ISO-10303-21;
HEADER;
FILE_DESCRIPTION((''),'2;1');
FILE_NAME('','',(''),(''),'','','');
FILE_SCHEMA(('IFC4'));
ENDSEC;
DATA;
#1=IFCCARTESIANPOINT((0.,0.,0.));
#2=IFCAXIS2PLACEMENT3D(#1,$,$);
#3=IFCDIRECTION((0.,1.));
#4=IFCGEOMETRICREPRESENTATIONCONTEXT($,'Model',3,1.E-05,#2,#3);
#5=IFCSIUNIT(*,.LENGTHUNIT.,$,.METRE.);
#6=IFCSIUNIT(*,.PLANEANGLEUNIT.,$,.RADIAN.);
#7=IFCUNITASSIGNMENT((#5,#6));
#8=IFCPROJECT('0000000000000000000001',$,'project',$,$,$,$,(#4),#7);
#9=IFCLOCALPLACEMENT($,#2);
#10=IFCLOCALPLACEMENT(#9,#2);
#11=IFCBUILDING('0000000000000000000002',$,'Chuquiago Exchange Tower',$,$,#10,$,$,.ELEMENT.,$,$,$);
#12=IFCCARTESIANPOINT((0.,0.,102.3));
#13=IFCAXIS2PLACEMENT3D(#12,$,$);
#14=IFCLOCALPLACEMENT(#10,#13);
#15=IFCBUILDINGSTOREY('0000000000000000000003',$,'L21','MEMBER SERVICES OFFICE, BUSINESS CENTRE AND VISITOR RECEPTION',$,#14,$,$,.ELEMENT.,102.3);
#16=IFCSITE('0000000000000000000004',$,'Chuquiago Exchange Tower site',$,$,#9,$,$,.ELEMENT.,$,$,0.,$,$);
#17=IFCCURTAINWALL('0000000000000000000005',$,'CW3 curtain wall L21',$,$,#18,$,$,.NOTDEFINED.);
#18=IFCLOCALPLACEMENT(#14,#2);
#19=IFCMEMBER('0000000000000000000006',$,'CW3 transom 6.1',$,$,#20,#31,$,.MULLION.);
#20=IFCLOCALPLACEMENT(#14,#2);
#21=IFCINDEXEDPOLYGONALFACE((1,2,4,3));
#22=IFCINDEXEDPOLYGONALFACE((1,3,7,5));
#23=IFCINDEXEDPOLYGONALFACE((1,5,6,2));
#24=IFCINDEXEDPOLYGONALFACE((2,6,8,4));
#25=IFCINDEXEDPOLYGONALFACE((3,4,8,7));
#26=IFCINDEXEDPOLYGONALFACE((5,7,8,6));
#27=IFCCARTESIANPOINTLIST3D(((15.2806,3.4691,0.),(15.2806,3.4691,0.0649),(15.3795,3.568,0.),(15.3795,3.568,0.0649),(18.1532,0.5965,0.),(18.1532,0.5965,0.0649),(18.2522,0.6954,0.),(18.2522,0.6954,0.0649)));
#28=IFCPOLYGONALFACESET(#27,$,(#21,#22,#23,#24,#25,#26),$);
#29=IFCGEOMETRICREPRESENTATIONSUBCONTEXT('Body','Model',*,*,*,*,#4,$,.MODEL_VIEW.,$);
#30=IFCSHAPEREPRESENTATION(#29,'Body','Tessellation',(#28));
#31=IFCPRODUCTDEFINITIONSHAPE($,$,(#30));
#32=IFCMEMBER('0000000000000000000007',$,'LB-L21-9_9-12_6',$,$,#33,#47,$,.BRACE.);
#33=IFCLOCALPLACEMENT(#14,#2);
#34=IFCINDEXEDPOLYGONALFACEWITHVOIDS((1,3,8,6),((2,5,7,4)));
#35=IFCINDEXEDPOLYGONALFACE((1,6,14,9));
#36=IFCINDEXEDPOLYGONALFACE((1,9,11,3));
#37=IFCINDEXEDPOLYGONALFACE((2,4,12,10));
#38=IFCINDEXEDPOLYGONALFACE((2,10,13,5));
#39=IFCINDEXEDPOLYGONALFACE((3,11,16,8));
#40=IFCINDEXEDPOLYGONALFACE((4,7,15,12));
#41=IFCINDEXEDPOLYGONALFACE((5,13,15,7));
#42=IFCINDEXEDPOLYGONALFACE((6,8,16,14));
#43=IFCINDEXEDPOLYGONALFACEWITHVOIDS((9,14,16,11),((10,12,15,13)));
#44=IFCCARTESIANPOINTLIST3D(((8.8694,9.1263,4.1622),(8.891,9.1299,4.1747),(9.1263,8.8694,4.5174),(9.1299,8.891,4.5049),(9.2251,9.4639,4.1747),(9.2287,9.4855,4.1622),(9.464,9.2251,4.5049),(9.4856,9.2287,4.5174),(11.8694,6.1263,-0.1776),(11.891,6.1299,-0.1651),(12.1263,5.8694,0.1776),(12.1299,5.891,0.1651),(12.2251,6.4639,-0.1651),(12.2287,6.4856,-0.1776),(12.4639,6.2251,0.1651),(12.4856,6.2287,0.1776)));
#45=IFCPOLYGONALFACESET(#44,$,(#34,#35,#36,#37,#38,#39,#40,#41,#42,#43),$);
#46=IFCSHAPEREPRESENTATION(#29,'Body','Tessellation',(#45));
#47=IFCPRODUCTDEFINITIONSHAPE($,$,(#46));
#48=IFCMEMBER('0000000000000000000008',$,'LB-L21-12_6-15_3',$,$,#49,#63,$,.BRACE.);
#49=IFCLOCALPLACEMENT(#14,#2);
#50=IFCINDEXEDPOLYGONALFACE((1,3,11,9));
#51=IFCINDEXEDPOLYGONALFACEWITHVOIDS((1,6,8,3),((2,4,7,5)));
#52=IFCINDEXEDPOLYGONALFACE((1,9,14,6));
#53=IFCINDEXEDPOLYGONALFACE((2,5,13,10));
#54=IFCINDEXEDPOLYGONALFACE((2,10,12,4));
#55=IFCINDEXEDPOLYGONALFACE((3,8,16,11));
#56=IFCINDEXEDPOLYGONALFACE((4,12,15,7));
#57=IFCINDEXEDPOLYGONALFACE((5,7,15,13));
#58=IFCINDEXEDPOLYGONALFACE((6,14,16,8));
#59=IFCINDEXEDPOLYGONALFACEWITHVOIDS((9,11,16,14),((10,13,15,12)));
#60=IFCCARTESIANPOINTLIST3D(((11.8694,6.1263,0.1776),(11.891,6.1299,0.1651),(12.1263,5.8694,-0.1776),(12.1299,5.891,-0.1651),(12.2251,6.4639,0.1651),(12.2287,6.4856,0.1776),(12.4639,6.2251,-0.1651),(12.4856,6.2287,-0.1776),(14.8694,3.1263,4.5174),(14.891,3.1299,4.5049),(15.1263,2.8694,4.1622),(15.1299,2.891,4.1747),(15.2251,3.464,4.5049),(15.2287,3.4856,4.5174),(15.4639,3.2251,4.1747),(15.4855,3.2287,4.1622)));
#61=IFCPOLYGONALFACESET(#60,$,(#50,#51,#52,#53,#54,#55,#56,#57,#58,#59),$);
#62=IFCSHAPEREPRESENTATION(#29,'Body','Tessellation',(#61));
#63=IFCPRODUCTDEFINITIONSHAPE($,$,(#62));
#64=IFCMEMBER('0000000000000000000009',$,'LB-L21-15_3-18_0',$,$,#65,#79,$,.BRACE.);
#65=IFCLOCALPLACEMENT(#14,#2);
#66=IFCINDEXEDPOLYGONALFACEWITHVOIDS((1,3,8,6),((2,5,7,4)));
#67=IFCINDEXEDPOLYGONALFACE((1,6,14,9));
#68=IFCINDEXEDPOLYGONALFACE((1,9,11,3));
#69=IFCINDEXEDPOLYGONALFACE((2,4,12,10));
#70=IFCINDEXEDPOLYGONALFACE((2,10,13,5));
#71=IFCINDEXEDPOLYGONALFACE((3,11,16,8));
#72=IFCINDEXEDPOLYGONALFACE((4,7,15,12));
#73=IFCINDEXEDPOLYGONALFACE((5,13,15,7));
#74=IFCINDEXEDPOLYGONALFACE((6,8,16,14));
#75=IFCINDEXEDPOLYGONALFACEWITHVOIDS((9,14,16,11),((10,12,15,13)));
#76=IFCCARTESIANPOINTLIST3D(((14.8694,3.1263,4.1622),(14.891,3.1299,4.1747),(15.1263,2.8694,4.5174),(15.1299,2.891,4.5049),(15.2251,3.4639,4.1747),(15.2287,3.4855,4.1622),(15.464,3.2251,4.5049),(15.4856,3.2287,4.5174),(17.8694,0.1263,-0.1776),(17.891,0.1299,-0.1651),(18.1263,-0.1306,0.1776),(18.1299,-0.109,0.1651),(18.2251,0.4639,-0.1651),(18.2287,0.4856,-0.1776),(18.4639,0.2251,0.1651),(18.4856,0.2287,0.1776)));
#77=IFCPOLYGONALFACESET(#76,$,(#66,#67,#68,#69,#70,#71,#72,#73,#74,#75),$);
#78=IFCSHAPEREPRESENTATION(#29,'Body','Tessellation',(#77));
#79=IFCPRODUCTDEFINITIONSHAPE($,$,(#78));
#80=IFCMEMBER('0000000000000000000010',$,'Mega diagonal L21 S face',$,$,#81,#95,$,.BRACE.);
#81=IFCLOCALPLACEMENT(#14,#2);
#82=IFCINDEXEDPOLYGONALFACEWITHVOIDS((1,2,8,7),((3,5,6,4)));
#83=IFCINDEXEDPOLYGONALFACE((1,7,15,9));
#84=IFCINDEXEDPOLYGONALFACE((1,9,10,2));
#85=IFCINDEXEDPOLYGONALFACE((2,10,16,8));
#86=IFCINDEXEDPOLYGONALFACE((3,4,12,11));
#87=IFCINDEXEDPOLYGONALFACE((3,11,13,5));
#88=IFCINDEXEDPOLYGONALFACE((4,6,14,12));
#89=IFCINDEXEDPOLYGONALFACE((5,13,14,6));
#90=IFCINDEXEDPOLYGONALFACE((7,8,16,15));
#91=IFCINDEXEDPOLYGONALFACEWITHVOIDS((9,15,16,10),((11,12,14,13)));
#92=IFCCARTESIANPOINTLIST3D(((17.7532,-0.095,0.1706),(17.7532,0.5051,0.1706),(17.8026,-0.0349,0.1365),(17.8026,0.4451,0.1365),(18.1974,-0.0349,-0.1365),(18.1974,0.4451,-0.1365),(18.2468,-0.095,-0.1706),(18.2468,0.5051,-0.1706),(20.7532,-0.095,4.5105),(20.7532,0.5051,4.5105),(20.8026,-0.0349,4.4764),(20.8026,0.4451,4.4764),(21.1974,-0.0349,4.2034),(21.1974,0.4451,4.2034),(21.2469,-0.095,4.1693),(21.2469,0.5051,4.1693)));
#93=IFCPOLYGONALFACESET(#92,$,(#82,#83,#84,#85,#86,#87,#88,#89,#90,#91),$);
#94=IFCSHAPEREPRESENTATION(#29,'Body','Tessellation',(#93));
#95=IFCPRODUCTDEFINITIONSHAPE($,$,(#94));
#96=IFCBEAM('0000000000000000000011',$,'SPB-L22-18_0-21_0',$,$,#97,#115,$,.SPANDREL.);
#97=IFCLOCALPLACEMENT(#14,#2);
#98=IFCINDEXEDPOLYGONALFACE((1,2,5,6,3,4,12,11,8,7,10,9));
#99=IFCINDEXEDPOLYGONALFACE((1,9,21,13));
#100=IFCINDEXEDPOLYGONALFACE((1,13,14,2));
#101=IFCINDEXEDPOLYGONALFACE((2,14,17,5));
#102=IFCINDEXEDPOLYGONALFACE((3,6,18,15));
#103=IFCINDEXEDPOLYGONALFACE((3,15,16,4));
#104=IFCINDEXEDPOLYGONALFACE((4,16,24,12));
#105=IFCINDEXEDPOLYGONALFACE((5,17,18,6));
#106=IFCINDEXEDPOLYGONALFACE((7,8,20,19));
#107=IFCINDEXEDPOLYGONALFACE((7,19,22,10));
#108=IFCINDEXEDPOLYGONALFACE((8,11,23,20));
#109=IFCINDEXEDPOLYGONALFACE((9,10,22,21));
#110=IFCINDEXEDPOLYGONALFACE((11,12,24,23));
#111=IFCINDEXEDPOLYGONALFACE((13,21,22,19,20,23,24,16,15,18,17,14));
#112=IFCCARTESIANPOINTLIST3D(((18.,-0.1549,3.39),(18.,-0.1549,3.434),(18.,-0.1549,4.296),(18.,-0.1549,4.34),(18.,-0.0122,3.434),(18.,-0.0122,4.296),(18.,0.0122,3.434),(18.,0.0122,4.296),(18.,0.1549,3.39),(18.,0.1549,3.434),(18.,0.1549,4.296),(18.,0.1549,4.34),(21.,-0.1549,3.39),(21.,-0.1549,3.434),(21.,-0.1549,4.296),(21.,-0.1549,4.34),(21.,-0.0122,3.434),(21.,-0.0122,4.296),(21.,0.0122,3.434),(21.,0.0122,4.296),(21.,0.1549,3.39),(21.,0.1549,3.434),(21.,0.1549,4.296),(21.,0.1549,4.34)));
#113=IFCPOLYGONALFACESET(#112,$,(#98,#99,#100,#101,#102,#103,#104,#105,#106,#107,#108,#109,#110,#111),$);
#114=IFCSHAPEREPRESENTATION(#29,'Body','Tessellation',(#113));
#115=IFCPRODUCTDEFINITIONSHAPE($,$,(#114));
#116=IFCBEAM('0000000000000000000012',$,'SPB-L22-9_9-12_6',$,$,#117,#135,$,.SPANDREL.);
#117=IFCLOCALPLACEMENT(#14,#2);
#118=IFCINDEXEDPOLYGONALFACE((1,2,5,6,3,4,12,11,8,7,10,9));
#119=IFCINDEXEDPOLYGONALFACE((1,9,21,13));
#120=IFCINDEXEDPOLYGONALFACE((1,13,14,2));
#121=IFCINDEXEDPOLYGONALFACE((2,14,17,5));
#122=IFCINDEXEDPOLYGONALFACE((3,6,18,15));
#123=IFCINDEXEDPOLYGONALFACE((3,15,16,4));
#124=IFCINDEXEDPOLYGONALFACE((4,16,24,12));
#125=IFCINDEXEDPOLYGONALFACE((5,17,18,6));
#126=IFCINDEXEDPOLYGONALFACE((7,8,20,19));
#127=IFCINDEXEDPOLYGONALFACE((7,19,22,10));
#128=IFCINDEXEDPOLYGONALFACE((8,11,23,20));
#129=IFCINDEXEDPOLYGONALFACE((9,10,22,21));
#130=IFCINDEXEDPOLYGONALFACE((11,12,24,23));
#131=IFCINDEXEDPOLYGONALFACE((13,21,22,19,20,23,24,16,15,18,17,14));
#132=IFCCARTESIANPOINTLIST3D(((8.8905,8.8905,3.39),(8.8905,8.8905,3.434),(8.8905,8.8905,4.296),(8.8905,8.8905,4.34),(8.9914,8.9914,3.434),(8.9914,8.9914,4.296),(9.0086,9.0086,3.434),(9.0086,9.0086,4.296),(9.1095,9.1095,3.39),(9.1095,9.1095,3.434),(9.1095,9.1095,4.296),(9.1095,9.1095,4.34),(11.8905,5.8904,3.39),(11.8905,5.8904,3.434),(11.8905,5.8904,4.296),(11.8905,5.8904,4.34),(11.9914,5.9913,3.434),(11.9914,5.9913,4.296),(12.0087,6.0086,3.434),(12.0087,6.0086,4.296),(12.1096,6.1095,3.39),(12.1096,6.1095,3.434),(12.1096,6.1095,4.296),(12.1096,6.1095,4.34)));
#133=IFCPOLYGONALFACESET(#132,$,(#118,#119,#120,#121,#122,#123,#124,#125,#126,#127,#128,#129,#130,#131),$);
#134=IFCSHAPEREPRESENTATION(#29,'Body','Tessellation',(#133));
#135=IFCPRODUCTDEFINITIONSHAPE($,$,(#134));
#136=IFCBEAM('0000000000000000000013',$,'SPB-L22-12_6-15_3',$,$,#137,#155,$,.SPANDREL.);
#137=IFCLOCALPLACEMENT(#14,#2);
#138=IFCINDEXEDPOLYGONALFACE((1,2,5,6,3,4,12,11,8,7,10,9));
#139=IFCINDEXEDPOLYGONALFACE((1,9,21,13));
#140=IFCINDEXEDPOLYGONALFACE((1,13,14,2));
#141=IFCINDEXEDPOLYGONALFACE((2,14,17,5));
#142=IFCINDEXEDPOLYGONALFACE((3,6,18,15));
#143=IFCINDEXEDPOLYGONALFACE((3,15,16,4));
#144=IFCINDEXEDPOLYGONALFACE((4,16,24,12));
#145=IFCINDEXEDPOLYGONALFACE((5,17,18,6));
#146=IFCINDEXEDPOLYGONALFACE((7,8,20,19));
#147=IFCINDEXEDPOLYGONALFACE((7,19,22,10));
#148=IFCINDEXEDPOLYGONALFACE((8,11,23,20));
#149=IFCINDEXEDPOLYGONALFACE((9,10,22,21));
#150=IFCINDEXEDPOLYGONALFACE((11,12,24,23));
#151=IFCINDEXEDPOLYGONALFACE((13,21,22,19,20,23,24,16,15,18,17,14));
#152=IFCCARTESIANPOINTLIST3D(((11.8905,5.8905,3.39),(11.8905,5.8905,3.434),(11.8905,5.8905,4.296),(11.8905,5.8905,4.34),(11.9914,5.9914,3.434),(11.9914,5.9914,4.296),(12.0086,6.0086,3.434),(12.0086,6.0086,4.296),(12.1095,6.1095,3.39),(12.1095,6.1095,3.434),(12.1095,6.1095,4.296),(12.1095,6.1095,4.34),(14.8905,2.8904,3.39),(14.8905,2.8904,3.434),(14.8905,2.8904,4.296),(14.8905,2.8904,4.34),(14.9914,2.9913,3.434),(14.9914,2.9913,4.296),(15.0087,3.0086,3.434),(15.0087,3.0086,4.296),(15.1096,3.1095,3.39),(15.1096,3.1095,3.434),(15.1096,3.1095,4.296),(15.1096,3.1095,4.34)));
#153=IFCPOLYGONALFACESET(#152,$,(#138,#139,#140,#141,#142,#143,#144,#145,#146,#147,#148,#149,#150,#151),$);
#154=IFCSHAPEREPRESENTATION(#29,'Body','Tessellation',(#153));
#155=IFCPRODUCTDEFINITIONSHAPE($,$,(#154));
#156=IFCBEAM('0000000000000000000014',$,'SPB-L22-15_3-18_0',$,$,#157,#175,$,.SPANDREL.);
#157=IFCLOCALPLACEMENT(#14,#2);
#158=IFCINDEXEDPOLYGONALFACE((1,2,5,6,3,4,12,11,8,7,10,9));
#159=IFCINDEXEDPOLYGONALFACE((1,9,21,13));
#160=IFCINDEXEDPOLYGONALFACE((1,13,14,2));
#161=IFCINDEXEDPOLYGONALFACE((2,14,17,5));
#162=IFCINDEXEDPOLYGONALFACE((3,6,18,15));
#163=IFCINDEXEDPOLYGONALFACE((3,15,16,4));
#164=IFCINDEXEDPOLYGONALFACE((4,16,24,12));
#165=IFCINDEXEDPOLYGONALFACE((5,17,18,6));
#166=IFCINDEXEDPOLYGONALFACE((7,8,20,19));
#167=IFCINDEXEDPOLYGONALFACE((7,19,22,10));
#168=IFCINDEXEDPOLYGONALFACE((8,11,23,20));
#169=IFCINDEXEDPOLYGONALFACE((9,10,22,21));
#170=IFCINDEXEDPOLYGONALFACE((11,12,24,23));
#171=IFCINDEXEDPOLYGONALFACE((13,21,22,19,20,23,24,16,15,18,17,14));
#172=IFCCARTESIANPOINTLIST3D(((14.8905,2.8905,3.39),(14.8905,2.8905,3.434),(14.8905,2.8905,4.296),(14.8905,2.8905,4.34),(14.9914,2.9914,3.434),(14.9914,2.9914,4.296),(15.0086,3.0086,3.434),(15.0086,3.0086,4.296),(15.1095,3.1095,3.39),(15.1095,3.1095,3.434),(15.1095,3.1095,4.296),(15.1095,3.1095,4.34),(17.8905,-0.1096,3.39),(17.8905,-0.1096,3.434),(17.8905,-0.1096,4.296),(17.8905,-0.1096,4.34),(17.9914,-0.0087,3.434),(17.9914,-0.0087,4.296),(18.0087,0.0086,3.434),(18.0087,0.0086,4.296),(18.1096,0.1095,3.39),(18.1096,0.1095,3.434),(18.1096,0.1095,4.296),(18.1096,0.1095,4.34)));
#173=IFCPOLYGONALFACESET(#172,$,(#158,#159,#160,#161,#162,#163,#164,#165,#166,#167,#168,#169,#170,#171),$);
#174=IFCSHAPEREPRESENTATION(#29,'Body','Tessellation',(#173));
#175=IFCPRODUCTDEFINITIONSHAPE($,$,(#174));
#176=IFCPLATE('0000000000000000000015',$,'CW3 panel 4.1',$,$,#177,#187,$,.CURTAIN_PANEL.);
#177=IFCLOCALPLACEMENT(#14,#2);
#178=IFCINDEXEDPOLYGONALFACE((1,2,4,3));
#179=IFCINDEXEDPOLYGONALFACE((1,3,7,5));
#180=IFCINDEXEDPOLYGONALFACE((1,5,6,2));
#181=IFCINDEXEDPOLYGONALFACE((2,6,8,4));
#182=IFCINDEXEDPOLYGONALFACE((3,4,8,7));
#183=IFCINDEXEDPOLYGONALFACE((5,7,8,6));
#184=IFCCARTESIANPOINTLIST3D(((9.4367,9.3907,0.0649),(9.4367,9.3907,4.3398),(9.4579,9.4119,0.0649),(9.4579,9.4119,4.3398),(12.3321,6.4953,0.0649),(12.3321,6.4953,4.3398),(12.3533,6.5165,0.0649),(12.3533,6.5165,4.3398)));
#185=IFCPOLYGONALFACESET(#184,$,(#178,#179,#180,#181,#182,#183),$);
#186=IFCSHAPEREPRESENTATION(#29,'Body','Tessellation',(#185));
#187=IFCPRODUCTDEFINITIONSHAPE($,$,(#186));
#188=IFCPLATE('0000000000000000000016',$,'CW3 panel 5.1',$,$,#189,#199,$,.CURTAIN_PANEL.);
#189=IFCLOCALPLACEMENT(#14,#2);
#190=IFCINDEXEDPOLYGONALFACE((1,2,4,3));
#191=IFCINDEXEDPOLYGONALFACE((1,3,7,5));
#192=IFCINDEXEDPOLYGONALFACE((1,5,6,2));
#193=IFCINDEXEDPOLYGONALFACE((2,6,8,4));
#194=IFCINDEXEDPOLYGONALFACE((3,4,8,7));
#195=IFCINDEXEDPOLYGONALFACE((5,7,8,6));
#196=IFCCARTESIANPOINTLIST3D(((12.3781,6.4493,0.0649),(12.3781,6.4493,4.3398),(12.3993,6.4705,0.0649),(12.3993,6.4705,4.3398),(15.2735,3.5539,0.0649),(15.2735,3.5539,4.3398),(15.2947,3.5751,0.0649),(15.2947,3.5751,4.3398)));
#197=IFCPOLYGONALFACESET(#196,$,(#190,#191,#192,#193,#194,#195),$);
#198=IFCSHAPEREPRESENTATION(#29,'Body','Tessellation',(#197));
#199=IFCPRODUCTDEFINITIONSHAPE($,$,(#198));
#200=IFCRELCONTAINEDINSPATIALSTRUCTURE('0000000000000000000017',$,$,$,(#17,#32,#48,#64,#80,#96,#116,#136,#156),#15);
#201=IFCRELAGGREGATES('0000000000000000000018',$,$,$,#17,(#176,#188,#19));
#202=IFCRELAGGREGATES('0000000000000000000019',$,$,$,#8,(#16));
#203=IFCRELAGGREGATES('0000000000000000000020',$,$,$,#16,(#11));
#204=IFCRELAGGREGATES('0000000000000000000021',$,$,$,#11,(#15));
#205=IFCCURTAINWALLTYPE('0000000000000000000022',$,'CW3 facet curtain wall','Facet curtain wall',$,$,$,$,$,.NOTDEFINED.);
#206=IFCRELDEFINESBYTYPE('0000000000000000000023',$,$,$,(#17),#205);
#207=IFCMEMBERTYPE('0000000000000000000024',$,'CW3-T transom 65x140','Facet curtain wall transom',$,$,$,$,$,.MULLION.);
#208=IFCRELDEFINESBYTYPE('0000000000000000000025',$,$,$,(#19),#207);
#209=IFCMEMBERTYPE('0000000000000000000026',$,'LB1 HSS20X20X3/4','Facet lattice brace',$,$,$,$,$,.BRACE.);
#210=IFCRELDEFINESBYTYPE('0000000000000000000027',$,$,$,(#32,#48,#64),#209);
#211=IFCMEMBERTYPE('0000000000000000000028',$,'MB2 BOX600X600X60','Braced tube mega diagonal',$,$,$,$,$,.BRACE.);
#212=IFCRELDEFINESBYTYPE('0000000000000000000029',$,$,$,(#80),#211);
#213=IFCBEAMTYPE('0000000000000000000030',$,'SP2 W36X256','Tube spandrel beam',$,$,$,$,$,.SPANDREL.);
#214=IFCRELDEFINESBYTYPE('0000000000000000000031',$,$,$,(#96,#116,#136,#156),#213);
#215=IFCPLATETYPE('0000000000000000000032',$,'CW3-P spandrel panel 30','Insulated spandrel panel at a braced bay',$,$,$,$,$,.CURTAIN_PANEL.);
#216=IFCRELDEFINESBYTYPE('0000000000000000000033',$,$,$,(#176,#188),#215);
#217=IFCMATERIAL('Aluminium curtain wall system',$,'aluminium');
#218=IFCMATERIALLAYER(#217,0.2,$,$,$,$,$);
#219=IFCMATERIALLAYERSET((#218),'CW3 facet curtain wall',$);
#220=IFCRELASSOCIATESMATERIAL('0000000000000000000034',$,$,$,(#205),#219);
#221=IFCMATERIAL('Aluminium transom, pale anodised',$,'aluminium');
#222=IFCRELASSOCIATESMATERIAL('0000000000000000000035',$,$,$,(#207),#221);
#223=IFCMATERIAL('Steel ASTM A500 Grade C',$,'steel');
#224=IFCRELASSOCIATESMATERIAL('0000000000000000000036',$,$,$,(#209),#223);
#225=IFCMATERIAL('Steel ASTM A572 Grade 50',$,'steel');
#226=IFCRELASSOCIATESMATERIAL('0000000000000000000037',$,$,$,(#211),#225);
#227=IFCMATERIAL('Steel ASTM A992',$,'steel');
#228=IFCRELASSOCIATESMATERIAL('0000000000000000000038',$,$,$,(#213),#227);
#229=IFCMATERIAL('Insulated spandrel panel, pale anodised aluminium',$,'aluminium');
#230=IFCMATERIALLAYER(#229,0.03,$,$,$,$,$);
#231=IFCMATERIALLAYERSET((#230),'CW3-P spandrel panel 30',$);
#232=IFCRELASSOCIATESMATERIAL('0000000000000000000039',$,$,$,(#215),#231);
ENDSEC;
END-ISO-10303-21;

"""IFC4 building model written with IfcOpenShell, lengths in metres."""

from ifc_helpers import new_model, si_unit, direction, frame, origin, origin_2d, place, context, subcontext, project, spatial, rectangle, hollow_rectangle, i_section, extrude, material, layer, layer_set, material_profile, profile_set, type_object, element, aggregate, save


model = new_model("IFC4")

# Units and contexts
model_context = context("Model", 3, precision=1e-05, world=origin(), true_north=direction((0.0, 1.0)))
body_context = subcontext(model_context, "Body", "Model", "MODEL_VIEW")
ifc_project = project(units=[si_unit("LENGTHUNIT", "METRE"), si_unit("PLANEANGLEUNIT", "RADIAN")], contexts=[model_context])

# Site, building, storey
site_placement = place(None, origin())
site = spatial("IfcSite", under=ifc_project, at=site_placement, Name="Chuquiago Exchange Tower site", CompositionType="ELEMENT", RefElevation=0.0)
building_placement = place(site_placement, origin())
building = spatial("IfcBuilding", under=site, at=building_placement, Name="Chuquiago Exchange Tower", CompositionType="ELEMENT")
storey_placement = place(building_placement, frame((0.0, 0.0, 102.3)))
storey = spatial("IfcBuildingStorey", under=building, at=storey_placement, Name="L21", Description="MEMBER SERVICES OFFICE, BUSINESS CENTRE AND VISITOR RECEPTION", CompositionType="ELEMENT", Elevation=102.3)

# Curtain wall, member
ifc_material_1 = material(Name="Aluminium curtain wall system", Category="aluminium")
ifc_layer_1 = layer(ifc_material_1, 0.2)
ifc_layer_set_1 = layer_set([ifc_layer_1], Name="CW3 facet curtain wall")
curtain_wall_type_1 = type_object("IfcCurtainWallType", Name="CW3 facet curtain wall", Description="Facet curtain wall", PredefinedType="NOTDEFINED", material=ifc_layer_set_1)
curtain_wall_1_placement = place(storey_placement, origin())
curtain_wall_1 = element("IfcCurtainWall", 1, at=curtain_wall_1_placement, inside=storey, type_object=curtain_wall_type_1, Name="CW3 curtain wall L21", PredefinedType="NOTDEFINED")
ifc_material_2 = material(Name="Aluminium transom, pale anodised", Category="aluminium")
ifc_material_profile_1 = material_profile(ifc_material_2, rectangle(XDim=0.1399, YDim=0.0649, at=origin_2d()), Name="AL 140x65")
ifc_profile_set_1 = profile_set([ifc_material_profile_1], Name="Aluminium transom, pale anodised")
member_type_1 = type_object("IfcMemberType", Name="CW3-T transom 65x140", Description="Facet curtain wall transom", PredefinedType="MULLION", material=ifc_profile_set_1)
member_1_placement = place(storey_placement, frame((15.3301, 3.5186, 0.0325), z_axis=(0.707107, -0.707107, 0.0), x_axis=(0.707107, 0.707107, 0.0)))
member_1 = element("IfcMember", 2, at=member_1_placement, type_object=member_type_1, Name="CW3 transom 6.1", PredefinedType="MULLION", context=body_context, shape_type="SweptSolid", body=[
    extrude(rectangle(XDim=0.1399, YDim=0.0649, at=origin_2d()), origin(), (0.0, 0.0, 1.0), 4.0625),
])

# Members
ifc_material_3 = material(Name="Steel ASTM A500 Grade C", Category="steel")
ifc_material_profile_2 = material_profile(ifc_material_3, hollow_rectangle(XDim=0.5081, YDim=0.5081, WallThickness=0.0178, at=origin_2d()), Name="HSS20X20X3/4")
ifc_profile_set_2 = profile_set([ifc_material_profile_2], Name="Steel ASTM A500 Grade C")
member_type_2 = type_object("IfcMemberType", Name="LB1 HSS20X20X3/4", Description="Facet lattice brace", PredefinedType="BRACE", material=ifc_profile_set_2)
for number, where, z_axis, x_axis, name in (
    (3, (12.1775, 6.1775, 0.0), (-0.494305, 0.494305, 0.715069), (-0.707107, -0.707107, 0.0), "LB-L21-9_9-12_6"),
    (4, (12.1775, 6.1775, 0.0), (0.494305, -0.494305, 0.715069), (0.707107, 0.707107, 0.0), "LB-L21-12_6-15_3"),
    (5, (18.1775, 0.1775, 0.0), (-0.494305, 0.494305, 0.715069), (-0.707107, -0.707107, 0.0), "LB-L21-15_3-18_0"),
):
    element("IfcMember", number, at=place(storey_placement, frame(where, z_axis=z_axis, x_axis=x_axis)), inside=storey, type_object=member_type_2, Name=name, PredefinedType="BRACE", context=body_context, shape_type="SweptSolid", body=[
        extrude(hollow_rectangle(XDim=0.5081, YDim=0.5081, WallThickness=0.0178, at=origin_2d()), origin(), (0.0, 0.0, 1.0), 6.0691),
    ])
ifc_material_4 = material(Name="Steel ASTM A572 Grade 50", Category="steel")
ifc_material_profile_3 = material_profile(ifc_material_4, hollow_rectangle(XDim=0.6001, YDim=0.6001, WallThickness=0.0601, at=origin_2d()), Name="BOX600X600X60")
ifc_profile_set_3 = profile_set([ifc_material_profile_3], Name="Steel ASTM A572 Grade 50")
member_type_3 = type_object("IfcMemberType", Name="MB2 BOX600X600X60", Description="Braced tube mega diagonal", PredefinedType="BRACE", material=ifc_profile_set_3)
member_2_placement = place(storey_placement, frame((18.0, 0.2051, 0.0), z_axis=(0.568632, 0.0, 0.822592), x_axis=(0.0, 1.0, 0.0)))
element("IfcMember", 6, at=member_2_placement, inside=storey, type_object=member_type_3, Name="Mega diagonal L21 S face", PredefinedType="BRACE", context=body_context, shape_type="SweptSolid", body=[
    extrude(hollow_rectangle(XDim=0.6001, YDim=0.6001, WallThickness=0.0601, at=origin_2d()), origin(), (0.0, 0.0, 1.0), 5.2759),
])

# Beams
ifc_material_5 = material(Name="Steel ASTM A992", Category="steel")
ifc_material_profile_4 = material_profile(ifc_material_5, i_section(OverallWidth=0.3098, OverallDepth=0.95, WebThickness=0.0244, FlangeThickness=0.0439, at=origin_2d()), Name="W36X256")
ifc_profile_set_4 = profile_set([ifc_material_profile_4], Name="Steel ASTM A992")
beam_type_1 = type_object("IfcBeamType", Name="SP2 W36X256", Description="Tube spandrel beam", PredefinedType="SPANDREL", material=ifc_profile_set_4)
beam_1_placement = place(storey_placement, frame((18.0, 0.0, 3.865), z_axis=(1.0, 0.0, 0.0), x_axis=(0.0, 1.0, 0.0)))
element("IfcBeam", 7, at=beam_1_placement, inside=storey, type_object=beam_type_1, Name="SPB-L22-18_0-21_0", PredefinedType="SPANDREL", context=body_context, shape_type="SweptSolid", body=[
    extrude(i_section(OverallWidth=0.3098, OverallDepth=0.95, WebThickness=0.0244, FlangeThickness=0.0439, at=origin_2d()), origin(), (0.0, 0.0, 1.0), 3.0),
])
for number, where, z_axis, x_axis, name in (
    (8, (9.0, 9.0, 3.865), (0.707107, -0.707107, 0.0), (0.707107, 0.707107, 0.0), "SPB-L22-9_9-12_6"),
    (9, (12.0, 6.0, 3.865), (0.707107, -0.707107, 0.0), (0.707107, 0.707107, 0.0), "SPB-L22-12_6-15_3"),
    (10, (15.0, 3.0, 3.865), (0.707107, -0.707107, 0.0), (0.707107, 0.707107, 0.0), "SPB-L22-15_3-18_0"),
):
    element("IfcBeam", number, at=place(storey_placement, frame(where, z_axis=z_axis, x_axis=x_axis)), inside=storey, type_object=beam_type_1, Name=name, PredefinedType="SPANDREL", context=body_context, shape_type="SweptSolid", body=[
        extrude(i_section(OverallWidth=0.3098, OverallDepth=0.95, WebThickness=0.0244, FlangeThickness=0.0439, at=origin_2d()), origin(), (0.0, 0.0, 1.0), 4.2427),
    ])

# Plates
ifc_material_6 = material(Name="Insulated spandrel panel, pale anodised aluminium", Category="aluminium")
ifc_layer_2 = layer(ifc_material_6, 0.03)
ifc_layer_set_2 = layer_set([ifc_layer_2], Name="CW3-P spandrel panel 30")
plate_type = type_object("IfcPlateType", Name="CW3-P spandrel panel 30", Description="Insulated spandrel panel at a braced bay", PredefinedType="CURTAIN_PANEL", material=ifc_layer_set_2)
plate_1_placement = place(storey_placement, frame((10.895, 7.9536, 0.0649), z_axis=(0.0, 0.0, 1.0), x_axis=(0.707107, -0.707107, 0.0)))
plate_1 = element("IfcPlate", 11, at=plate_1_placement, type_object=plate_type, Name="CW3 panel 4.1", PredefinedType="CURTAIN_PANEL", context=body_context, shape_type="SweptSolid", body=[
    extrude(rectangle(XDim=4.0947, YDim=0.03, at=origin_2d()), origin(), (0.0, 0.0, 1.0), 4.2749),
])
plate_2_placement = place(storey_placement, frame((13.8364, 5.0122, 0.0649), z_axis=(0.0, 0.0, 1.0), x_axis=(0.707107, -0.707107, 0.0)))
plate_2 = element("IfcPlate", 12, at=plate_2_placement, type_object=plate_type, Name="CW3 panel 5.1", PredefinedType="CURTAIN_PANEL", context=body_context, shape_type="SweptSolid", body=[
    extrude(rectangle(XDim=4.0947, YDim=0.03, at=origin_2d()), origin(), (0.0, 0.0, 1.0), 4.2749),
])
aggregate(curtain_wall_1, [plate_1, plate_2, member_1])

save(model, "model.ifc")
